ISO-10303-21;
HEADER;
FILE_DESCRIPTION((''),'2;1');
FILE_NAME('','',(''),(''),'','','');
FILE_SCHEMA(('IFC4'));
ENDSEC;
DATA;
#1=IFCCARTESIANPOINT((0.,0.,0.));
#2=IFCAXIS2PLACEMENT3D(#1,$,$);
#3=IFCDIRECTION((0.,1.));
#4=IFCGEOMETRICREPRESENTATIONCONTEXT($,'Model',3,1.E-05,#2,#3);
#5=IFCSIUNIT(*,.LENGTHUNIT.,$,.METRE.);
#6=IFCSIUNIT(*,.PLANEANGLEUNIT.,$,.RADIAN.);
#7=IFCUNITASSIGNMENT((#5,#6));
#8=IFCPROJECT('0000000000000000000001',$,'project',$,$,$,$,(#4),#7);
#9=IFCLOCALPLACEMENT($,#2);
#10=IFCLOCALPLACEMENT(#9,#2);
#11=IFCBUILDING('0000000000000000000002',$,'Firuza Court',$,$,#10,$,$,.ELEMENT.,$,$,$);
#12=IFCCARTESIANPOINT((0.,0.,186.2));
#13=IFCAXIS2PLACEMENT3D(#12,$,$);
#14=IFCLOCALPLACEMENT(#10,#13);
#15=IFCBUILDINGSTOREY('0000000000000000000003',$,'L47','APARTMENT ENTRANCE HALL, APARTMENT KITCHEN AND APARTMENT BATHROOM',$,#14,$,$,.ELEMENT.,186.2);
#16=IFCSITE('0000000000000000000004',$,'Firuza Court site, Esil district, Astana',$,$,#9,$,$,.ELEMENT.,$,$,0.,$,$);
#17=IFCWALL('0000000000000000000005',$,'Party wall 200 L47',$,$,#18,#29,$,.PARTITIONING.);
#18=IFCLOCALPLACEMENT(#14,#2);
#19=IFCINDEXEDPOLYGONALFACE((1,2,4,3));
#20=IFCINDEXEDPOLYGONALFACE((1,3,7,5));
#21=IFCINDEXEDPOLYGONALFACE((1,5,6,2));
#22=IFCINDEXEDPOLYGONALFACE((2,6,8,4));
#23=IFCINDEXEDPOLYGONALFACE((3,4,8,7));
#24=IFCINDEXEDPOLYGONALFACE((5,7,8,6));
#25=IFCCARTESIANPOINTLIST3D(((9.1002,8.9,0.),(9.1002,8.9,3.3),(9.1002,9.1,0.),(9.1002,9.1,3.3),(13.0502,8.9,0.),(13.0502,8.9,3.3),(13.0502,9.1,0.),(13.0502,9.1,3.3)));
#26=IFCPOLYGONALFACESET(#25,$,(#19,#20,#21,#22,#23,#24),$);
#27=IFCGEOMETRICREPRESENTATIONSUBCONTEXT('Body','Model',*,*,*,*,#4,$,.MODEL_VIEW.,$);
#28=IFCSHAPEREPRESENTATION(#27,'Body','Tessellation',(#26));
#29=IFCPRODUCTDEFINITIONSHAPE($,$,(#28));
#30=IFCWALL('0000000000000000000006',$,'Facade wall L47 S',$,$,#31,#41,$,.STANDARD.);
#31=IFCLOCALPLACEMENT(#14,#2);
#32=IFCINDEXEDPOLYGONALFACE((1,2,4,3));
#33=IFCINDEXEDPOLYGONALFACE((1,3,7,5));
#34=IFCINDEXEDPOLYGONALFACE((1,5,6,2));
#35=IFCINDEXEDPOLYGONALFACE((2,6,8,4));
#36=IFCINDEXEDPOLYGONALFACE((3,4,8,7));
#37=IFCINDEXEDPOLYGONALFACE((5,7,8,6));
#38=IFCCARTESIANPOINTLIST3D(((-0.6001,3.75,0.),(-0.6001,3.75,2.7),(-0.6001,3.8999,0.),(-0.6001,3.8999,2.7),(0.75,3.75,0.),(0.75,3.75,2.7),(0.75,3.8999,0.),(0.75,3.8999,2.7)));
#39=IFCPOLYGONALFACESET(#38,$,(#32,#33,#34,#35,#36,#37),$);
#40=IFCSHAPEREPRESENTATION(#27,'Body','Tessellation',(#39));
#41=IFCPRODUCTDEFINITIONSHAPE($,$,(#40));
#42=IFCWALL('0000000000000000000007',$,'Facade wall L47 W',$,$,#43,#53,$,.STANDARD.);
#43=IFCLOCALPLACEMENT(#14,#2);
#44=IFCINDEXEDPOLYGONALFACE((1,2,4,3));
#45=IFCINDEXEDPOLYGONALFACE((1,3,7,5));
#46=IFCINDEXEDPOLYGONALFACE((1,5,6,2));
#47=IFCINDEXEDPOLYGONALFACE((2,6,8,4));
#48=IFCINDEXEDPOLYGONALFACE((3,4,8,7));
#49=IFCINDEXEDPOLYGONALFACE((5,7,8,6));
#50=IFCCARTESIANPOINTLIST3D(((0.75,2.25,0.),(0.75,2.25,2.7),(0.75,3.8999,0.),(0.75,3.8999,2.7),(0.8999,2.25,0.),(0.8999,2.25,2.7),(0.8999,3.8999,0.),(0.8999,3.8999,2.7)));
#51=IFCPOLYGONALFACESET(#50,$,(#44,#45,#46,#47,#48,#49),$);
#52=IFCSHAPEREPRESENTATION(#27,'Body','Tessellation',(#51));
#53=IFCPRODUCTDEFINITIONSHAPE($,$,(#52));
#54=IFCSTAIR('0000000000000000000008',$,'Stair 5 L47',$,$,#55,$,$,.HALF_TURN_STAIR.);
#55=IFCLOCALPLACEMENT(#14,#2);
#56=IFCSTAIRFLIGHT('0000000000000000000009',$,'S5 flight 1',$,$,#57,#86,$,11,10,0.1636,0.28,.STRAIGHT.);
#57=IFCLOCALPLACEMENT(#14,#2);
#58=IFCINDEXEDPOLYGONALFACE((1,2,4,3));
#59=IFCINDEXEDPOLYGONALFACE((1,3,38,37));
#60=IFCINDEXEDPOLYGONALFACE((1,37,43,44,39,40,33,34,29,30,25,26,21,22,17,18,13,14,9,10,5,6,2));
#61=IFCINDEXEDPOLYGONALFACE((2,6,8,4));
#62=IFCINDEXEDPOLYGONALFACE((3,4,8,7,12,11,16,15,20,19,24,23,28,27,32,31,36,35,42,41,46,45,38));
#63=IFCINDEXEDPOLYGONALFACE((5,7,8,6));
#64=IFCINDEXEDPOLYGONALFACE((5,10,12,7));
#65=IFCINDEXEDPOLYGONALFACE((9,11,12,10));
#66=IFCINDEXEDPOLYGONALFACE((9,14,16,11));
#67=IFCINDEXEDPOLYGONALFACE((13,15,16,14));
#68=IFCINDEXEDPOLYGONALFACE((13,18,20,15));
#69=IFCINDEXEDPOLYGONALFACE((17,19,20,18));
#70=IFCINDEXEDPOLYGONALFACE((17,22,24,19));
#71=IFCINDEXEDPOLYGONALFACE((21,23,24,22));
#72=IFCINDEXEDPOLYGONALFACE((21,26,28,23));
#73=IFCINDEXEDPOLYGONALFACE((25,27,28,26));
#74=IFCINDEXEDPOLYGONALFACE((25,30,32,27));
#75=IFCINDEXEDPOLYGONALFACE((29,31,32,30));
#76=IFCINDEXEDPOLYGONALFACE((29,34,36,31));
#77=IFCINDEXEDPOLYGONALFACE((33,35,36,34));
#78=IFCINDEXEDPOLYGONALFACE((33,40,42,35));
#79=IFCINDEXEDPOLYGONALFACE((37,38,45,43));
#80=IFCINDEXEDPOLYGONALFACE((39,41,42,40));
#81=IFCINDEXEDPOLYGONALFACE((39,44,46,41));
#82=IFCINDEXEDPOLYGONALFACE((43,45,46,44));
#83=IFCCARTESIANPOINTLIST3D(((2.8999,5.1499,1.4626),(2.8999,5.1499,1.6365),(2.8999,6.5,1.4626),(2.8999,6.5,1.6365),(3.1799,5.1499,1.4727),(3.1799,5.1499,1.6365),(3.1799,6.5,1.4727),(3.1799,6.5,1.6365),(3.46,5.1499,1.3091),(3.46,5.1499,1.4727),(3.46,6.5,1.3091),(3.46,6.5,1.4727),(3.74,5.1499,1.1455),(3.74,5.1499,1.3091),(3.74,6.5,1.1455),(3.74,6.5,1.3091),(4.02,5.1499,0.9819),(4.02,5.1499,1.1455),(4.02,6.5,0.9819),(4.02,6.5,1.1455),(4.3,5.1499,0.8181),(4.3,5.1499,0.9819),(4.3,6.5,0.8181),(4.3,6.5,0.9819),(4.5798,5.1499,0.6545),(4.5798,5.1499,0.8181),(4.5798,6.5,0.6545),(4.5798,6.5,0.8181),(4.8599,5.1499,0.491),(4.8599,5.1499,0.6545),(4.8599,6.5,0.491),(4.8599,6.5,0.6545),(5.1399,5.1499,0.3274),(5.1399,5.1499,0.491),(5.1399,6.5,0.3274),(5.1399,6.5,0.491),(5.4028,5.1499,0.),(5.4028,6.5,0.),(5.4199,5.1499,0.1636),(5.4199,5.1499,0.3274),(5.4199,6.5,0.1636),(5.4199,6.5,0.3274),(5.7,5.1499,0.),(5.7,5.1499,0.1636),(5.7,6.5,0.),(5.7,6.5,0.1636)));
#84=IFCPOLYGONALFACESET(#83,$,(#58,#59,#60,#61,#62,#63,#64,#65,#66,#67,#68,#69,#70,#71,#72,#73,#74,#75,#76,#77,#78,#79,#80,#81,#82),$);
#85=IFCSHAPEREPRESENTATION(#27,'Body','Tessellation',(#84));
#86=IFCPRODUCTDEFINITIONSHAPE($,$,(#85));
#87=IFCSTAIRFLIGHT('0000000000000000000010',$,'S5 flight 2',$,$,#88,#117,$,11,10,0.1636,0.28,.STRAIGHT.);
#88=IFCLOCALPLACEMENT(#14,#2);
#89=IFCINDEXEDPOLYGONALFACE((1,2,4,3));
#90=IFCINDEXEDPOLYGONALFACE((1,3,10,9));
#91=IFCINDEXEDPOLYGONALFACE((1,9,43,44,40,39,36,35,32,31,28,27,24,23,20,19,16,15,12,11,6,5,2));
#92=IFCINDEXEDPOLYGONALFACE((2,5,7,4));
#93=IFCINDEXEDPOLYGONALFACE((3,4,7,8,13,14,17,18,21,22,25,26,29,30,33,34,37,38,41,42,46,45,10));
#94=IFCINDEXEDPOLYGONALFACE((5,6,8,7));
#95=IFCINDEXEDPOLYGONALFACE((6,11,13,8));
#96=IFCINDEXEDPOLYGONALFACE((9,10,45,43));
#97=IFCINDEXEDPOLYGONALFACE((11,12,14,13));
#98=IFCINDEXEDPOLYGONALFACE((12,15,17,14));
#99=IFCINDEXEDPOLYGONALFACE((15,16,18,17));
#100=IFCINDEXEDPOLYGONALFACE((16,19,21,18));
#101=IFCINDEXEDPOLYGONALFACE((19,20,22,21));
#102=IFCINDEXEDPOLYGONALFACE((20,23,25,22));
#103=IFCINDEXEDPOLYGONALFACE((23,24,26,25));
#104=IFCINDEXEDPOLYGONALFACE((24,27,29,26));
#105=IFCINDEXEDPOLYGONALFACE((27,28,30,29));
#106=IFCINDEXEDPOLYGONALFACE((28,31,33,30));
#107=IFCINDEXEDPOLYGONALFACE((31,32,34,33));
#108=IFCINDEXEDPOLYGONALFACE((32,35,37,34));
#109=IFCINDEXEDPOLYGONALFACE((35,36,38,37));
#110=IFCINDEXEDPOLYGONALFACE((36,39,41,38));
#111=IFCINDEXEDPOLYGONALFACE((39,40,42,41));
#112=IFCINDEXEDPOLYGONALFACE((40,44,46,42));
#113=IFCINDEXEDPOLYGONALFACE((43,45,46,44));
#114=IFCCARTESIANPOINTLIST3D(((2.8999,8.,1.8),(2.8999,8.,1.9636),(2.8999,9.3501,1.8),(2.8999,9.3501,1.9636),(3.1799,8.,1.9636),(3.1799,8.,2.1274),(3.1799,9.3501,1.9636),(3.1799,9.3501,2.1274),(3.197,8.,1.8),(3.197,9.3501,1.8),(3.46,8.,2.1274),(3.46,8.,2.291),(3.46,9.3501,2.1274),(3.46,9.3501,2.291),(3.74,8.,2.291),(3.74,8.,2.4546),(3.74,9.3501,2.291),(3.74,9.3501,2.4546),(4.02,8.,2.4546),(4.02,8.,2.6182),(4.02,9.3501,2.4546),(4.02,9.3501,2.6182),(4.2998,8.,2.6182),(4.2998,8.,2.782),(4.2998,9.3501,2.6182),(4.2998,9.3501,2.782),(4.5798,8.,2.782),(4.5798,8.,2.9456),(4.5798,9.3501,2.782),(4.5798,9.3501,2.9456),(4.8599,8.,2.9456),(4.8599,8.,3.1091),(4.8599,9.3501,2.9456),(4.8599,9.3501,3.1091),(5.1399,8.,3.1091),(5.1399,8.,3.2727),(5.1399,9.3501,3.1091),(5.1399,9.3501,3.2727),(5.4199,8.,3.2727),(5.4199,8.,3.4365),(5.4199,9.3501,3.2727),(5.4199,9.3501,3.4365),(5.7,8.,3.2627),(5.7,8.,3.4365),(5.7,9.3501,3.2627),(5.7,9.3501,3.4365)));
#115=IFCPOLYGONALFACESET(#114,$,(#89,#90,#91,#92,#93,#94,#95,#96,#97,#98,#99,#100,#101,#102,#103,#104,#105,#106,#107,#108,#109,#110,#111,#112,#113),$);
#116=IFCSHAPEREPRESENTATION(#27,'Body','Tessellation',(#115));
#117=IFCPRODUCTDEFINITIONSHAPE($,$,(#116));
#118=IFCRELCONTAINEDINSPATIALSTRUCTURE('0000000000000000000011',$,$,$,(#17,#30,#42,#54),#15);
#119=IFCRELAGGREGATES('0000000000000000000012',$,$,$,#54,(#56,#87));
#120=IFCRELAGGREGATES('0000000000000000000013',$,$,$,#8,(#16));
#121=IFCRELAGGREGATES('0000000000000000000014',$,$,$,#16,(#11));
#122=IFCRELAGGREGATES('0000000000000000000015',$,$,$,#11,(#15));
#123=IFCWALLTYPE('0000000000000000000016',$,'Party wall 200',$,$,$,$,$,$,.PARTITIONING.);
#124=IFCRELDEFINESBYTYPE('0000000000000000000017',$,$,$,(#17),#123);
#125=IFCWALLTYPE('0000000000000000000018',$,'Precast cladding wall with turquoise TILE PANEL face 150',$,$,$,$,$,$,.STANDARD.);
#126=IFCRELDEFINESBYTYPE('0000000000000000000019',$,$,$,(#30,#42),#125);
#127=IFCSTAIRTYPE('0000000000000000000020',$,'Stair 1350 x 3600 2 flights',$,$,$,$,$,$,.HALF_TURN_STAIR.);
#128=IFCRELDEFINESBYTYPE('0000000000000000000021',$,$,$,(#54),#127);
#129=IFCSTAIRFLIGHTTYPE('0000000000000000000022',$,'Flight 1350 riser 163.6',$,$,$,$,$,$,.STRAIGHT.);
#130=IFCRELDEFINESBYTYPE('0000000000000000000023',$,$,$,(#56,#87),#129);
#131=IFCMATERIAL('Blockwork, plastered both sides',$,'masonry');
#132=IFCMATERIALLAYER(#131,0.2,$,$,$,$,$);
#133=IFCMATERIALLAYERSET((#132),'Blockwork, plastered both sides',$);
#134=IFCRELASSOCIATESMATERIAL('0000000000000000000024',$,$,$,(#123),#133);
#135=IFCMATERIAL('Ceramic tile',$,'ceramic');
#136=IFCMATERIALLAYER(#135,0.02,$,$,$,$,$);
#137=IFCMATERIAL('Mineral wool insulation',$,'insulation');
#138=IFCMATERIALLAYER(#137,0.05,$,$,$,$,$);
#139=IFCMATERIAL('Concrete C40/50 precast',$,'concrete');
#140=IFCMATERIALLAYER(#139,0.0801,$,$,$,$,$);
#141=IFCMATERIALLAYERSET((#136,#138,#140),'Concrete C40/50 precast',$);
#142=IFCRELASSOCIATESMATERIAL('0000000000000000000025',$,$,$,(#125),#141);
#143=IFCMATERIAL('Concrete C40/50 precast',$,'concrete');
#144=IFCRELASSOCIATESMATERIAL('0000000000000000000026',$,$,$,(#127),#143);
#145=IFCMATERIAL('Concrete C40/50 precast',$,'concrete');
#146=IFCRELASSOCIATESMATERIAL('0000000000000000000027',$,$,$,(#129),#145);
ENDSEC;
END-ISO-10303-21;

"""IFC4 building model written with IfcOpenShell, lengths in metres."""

from ifc_helpers import new_model, si_unit, direction, frame, frame_2d, origin, place, context, subcontext, project, spatial, polyline, rectangle, outline, extrude, material, layer, layer_set, type_object, element, aggregate, save


model = new_model("IFC4")

# Units and contexts
model_context = context("Model", 3, precision=1e-05, world=origin(), true_north=direction((0.0, 1.0)))
body_context = subcontext(model_context, "Body", "Model", "MODEL_VIEW")
ifc_project = project(units=[si_unit("LENGTHUNIT", "METRE"), si_unit("PLANEANGLEUNIT", "RADIAN")], contexts=[model_context])

# Site, building, storey
site_placement = place(None, origin())
site = spatial("IfcSite", under=ifc_project, at=site_placement, Name="Firuza Court site, Esil district, Astana", CompositionType="ELEMENT", RefElevation=0.0)
building_placement = place(site_placement, origin())
building = spatial("IfcBuilding", under=site, at=building_placement, Name="Firuza Court", CompositionType="ELEMENT")
storey_placement = place(building_placement, frame((0.0, 0.0, 186.2)))
storey = spatial("IfcBuildingStorey", under=building, at=storey_placement, Name="L47", Description="APARTMENT ENTRANCE HALL, APARTMENT KITCHEN AND APARTMENT BATHROOM", CompositionType="ELEMENT", Elevation=186.2)

# Shared definitions
ifc_material_1 = material(Name="Blockwork, plastered both sides", Category="masonry")

# Walls
ifc_layer_1 = layer(ifc_material_1, 0.2)
ifc_layer_set_1 = layer_set([ifc_layer_1], Name="Blockwork, plastered both sides")
wall_type_1 = type_object("IfcWallType", Name="Party wall 200", PredefinedType="PARTITIONING", material=ifc_layer_set_1)
wall_1_placement = place(storey_placement, frame((9.1001, 9.0, 0.0), z_axis=(0.0, 0.0, 1.0), x_axis=(1.0, 0.0, 0.0)))
element("IfcWall", 1, at=wall_1_placement, inside=storey, type_object=wall_type_1, Name="Party wall 200 L47", PredefinedType="PARTITIONING", context=body_context, shape_type="SweptSolid", body=[
    extrude(rectangle(XDim=3.95, YDim=0.2, at=frame_2d((1.9751, 0.0))), origin(), (0.0, 0.0, 1.0), 3.3),
])
ifc_material_2 = material(Name="Ceramic tile", Category="ceramic")
ifc_layer_2 = layer(ifc_material_2, 0.02)
ifc_material_3 = material(Name="Mineral wool insulation", Category="insulation")
ifc_layer_3 = layer(ifc_material_3, 0.05)
ifc_material_4 = material(Name="Concrete C40/50 precast", Category="concrete")
ifc_layer_4 = layer(ifc_material_4, 0.0801)
ifc_layer_set_2 = layer_set([ifc_layer_2, ifc_layer_3, ifc_layer_4], Name="Concrete C40/50 precast")
wall_type_2 = type_object("IfcWallType", Name="Precast cladding wall with turquoise TILE PANEL face 150", PredefinedType="STANDARD", material=ifc_layer_set_2)
wall_2_placement = place(storey_placement, frame((-0.6001, 3.825, 0.0), z_axis=(0.0, 0.0, 1.0), x_axis=(1.0, 0.0, 0.0)))
element("IfcWall", 2, at=wall_2_placement, inside=storey, type_object=wall_type_2, Name="Facade wall L47 S", PredefinedType="STANDARD", context=body_context, shape_type="SweptSolid", body=[
    extrude(rectangle(XDim=1.3501, YDim=0.1499, at=frame_2d((0.675, 0.0))), origin(), (0.0, 0.0, 1.0), 2.7),
])
wall_3_placement = place(storey_placement, frame((0.825, 3.8999, 0.0), z_axis=(0.0, 0.0, 1.0), x_axis=(0.0, -1.0, 0.0)))
element("IfcWall", 3, at=wall_3_placement, inside=storey, type_object=wall_type_2, Name="Facade wall L47 W", PredefinedType="STANDARD", context=body_context, shape_type="SweptSolid", body=[
    extrude(rectangle(XDim=1.6499, YDim=0.1499, at=frame_2d((0.825, 0.0))), origin(), (0.0, 0.0, 1.0), 2.7),
])

# Stair, stair flights
ifc_material_5 = material(Name="Concrete C40/50 precast", Category="concrete")
stair_type = type_object("IfcStairType", Name="Stair 1350 x 3600 2 flights", PredefinedType="HALF_TURN_STAIR", material=ifc_material_5)
stair_placement = place(storey_placement, origin())
stair = element("IfcStair", 4, at=stair_placement, inside=storey, type_object=stair_type, Name="Stair 5 L47", PredefinedType="HALF_TURN_STAIR")
ifc_material_6 = material(Name="Concrete C40/50 precast", Category="concrete")
stair_flight_type = type_object("IfcStairFlightType", Name="Flight 1350 riser 163.6", PredefinedType="STRAIGHT", material=ifc_material_6)
stair_flight_1_placement = place(storey_placement, frame((5.7, 5.825, 0.0), z_axis=(0.0, 0.0, 1.0), x_axis=(-1.0, 0.0, 0.0)))
stair_flight_1 = element("IfcStairFlight", 5, at=stair_flight_1_placement, type_object=stair_flight_type, Name="S5 flight 1", NumberOfRisers=11, NumberOfTreads=10, PredefinedType="STRAIGHT", RiserHeight=0.1636, TreadLength=0.28, context=body_context, shape_type="SweptSolid", body=[
    extrude(outline(polyline([(0.0, 0.0), (0.0, 0.1636), (0.28, 0.1636), (0.28, 0.3274), (0.5601, 0.3274), (0.5601, 0.491), (0.8401, 0.491), (0.8401, 0.6545), (1.1201, 0.6545), (1.1201, 0.8181), (1.3999, 0.8181), (1.3999, 0.9819), (1.6799, 0.9819), (1.6799, 1.1455), (1.96, 1.1455), (1.96, 1.3091), (2.24, 1.3091), (2.24, 1.4727), (2.52, 1.4727), (2.52, 1.6365), (2.8, 1.6365), (2.8, 1.8), (2.8, 1.4626), (0.2971, 0.0), (0.0, 0.0)])), frame((0.0, 0.675, 0.0), z_axis=(0.0, -1.0, 0.0), x_axis=(1.0, 0.0, 0.0)), (0.0, 0.0, 1.0), 1.3501),
])
stair_flight_2_placement = place(storey_placement, frame((2.8999, 8.675, 1.8), z_axis=(0.0, 0.0, 1.0), x_axis=(1.0, 0.0, 0.0)))
stair_flight_2 = element("IfcStairFlight", 6, at=stair_flight_2_placement, type_object=stair_flight_type, Name="S5 flight 2", NumberOfRisers=11, NumberOfTreads=10, PredefinedType="STRAIGHT", RiserHeight=0.1636, TreadLength=0.28, context=body_context, shape_type="SweptSolid", body=[
    extrude(outline(polyline([(0.0, 0.0), (0.0, 0.1636), (0.28, 0.1636), (0.28, 0.3274), (0.5601, 0.3274), (0.5601, 0.491), (0.8401, 0.491), (0.8401, 0.6545), (1.1201, 0.6545), (1.1201, 0.8181), (1.3999, 0.8181), (1.3999, 0.9819), (1.6799, 0.9819), (1.6799, 1.1455), (1.96, 1.1455), (1.96, 1.3091), (2.24, 1.3091), (2.24, 1.4727), (2.52, 1.4727), (2.52, 1.6365), (2.8, 1.6365), (2.8, 1.8), (2.8, 1.4626), (0.2971, 0.0), (0.0, 0.0)])), frame((0.0, 0.675, 0.0), z_axis=(0.0, -1.0, 0.0), x_axis=(1.0, 0.0, 0.0)), (0.0, 0.0, 1.0), 1.3501),
])
aggregate(stair, [stair_flight_1, stair_flight_2])

save(model, "model.ifc")
